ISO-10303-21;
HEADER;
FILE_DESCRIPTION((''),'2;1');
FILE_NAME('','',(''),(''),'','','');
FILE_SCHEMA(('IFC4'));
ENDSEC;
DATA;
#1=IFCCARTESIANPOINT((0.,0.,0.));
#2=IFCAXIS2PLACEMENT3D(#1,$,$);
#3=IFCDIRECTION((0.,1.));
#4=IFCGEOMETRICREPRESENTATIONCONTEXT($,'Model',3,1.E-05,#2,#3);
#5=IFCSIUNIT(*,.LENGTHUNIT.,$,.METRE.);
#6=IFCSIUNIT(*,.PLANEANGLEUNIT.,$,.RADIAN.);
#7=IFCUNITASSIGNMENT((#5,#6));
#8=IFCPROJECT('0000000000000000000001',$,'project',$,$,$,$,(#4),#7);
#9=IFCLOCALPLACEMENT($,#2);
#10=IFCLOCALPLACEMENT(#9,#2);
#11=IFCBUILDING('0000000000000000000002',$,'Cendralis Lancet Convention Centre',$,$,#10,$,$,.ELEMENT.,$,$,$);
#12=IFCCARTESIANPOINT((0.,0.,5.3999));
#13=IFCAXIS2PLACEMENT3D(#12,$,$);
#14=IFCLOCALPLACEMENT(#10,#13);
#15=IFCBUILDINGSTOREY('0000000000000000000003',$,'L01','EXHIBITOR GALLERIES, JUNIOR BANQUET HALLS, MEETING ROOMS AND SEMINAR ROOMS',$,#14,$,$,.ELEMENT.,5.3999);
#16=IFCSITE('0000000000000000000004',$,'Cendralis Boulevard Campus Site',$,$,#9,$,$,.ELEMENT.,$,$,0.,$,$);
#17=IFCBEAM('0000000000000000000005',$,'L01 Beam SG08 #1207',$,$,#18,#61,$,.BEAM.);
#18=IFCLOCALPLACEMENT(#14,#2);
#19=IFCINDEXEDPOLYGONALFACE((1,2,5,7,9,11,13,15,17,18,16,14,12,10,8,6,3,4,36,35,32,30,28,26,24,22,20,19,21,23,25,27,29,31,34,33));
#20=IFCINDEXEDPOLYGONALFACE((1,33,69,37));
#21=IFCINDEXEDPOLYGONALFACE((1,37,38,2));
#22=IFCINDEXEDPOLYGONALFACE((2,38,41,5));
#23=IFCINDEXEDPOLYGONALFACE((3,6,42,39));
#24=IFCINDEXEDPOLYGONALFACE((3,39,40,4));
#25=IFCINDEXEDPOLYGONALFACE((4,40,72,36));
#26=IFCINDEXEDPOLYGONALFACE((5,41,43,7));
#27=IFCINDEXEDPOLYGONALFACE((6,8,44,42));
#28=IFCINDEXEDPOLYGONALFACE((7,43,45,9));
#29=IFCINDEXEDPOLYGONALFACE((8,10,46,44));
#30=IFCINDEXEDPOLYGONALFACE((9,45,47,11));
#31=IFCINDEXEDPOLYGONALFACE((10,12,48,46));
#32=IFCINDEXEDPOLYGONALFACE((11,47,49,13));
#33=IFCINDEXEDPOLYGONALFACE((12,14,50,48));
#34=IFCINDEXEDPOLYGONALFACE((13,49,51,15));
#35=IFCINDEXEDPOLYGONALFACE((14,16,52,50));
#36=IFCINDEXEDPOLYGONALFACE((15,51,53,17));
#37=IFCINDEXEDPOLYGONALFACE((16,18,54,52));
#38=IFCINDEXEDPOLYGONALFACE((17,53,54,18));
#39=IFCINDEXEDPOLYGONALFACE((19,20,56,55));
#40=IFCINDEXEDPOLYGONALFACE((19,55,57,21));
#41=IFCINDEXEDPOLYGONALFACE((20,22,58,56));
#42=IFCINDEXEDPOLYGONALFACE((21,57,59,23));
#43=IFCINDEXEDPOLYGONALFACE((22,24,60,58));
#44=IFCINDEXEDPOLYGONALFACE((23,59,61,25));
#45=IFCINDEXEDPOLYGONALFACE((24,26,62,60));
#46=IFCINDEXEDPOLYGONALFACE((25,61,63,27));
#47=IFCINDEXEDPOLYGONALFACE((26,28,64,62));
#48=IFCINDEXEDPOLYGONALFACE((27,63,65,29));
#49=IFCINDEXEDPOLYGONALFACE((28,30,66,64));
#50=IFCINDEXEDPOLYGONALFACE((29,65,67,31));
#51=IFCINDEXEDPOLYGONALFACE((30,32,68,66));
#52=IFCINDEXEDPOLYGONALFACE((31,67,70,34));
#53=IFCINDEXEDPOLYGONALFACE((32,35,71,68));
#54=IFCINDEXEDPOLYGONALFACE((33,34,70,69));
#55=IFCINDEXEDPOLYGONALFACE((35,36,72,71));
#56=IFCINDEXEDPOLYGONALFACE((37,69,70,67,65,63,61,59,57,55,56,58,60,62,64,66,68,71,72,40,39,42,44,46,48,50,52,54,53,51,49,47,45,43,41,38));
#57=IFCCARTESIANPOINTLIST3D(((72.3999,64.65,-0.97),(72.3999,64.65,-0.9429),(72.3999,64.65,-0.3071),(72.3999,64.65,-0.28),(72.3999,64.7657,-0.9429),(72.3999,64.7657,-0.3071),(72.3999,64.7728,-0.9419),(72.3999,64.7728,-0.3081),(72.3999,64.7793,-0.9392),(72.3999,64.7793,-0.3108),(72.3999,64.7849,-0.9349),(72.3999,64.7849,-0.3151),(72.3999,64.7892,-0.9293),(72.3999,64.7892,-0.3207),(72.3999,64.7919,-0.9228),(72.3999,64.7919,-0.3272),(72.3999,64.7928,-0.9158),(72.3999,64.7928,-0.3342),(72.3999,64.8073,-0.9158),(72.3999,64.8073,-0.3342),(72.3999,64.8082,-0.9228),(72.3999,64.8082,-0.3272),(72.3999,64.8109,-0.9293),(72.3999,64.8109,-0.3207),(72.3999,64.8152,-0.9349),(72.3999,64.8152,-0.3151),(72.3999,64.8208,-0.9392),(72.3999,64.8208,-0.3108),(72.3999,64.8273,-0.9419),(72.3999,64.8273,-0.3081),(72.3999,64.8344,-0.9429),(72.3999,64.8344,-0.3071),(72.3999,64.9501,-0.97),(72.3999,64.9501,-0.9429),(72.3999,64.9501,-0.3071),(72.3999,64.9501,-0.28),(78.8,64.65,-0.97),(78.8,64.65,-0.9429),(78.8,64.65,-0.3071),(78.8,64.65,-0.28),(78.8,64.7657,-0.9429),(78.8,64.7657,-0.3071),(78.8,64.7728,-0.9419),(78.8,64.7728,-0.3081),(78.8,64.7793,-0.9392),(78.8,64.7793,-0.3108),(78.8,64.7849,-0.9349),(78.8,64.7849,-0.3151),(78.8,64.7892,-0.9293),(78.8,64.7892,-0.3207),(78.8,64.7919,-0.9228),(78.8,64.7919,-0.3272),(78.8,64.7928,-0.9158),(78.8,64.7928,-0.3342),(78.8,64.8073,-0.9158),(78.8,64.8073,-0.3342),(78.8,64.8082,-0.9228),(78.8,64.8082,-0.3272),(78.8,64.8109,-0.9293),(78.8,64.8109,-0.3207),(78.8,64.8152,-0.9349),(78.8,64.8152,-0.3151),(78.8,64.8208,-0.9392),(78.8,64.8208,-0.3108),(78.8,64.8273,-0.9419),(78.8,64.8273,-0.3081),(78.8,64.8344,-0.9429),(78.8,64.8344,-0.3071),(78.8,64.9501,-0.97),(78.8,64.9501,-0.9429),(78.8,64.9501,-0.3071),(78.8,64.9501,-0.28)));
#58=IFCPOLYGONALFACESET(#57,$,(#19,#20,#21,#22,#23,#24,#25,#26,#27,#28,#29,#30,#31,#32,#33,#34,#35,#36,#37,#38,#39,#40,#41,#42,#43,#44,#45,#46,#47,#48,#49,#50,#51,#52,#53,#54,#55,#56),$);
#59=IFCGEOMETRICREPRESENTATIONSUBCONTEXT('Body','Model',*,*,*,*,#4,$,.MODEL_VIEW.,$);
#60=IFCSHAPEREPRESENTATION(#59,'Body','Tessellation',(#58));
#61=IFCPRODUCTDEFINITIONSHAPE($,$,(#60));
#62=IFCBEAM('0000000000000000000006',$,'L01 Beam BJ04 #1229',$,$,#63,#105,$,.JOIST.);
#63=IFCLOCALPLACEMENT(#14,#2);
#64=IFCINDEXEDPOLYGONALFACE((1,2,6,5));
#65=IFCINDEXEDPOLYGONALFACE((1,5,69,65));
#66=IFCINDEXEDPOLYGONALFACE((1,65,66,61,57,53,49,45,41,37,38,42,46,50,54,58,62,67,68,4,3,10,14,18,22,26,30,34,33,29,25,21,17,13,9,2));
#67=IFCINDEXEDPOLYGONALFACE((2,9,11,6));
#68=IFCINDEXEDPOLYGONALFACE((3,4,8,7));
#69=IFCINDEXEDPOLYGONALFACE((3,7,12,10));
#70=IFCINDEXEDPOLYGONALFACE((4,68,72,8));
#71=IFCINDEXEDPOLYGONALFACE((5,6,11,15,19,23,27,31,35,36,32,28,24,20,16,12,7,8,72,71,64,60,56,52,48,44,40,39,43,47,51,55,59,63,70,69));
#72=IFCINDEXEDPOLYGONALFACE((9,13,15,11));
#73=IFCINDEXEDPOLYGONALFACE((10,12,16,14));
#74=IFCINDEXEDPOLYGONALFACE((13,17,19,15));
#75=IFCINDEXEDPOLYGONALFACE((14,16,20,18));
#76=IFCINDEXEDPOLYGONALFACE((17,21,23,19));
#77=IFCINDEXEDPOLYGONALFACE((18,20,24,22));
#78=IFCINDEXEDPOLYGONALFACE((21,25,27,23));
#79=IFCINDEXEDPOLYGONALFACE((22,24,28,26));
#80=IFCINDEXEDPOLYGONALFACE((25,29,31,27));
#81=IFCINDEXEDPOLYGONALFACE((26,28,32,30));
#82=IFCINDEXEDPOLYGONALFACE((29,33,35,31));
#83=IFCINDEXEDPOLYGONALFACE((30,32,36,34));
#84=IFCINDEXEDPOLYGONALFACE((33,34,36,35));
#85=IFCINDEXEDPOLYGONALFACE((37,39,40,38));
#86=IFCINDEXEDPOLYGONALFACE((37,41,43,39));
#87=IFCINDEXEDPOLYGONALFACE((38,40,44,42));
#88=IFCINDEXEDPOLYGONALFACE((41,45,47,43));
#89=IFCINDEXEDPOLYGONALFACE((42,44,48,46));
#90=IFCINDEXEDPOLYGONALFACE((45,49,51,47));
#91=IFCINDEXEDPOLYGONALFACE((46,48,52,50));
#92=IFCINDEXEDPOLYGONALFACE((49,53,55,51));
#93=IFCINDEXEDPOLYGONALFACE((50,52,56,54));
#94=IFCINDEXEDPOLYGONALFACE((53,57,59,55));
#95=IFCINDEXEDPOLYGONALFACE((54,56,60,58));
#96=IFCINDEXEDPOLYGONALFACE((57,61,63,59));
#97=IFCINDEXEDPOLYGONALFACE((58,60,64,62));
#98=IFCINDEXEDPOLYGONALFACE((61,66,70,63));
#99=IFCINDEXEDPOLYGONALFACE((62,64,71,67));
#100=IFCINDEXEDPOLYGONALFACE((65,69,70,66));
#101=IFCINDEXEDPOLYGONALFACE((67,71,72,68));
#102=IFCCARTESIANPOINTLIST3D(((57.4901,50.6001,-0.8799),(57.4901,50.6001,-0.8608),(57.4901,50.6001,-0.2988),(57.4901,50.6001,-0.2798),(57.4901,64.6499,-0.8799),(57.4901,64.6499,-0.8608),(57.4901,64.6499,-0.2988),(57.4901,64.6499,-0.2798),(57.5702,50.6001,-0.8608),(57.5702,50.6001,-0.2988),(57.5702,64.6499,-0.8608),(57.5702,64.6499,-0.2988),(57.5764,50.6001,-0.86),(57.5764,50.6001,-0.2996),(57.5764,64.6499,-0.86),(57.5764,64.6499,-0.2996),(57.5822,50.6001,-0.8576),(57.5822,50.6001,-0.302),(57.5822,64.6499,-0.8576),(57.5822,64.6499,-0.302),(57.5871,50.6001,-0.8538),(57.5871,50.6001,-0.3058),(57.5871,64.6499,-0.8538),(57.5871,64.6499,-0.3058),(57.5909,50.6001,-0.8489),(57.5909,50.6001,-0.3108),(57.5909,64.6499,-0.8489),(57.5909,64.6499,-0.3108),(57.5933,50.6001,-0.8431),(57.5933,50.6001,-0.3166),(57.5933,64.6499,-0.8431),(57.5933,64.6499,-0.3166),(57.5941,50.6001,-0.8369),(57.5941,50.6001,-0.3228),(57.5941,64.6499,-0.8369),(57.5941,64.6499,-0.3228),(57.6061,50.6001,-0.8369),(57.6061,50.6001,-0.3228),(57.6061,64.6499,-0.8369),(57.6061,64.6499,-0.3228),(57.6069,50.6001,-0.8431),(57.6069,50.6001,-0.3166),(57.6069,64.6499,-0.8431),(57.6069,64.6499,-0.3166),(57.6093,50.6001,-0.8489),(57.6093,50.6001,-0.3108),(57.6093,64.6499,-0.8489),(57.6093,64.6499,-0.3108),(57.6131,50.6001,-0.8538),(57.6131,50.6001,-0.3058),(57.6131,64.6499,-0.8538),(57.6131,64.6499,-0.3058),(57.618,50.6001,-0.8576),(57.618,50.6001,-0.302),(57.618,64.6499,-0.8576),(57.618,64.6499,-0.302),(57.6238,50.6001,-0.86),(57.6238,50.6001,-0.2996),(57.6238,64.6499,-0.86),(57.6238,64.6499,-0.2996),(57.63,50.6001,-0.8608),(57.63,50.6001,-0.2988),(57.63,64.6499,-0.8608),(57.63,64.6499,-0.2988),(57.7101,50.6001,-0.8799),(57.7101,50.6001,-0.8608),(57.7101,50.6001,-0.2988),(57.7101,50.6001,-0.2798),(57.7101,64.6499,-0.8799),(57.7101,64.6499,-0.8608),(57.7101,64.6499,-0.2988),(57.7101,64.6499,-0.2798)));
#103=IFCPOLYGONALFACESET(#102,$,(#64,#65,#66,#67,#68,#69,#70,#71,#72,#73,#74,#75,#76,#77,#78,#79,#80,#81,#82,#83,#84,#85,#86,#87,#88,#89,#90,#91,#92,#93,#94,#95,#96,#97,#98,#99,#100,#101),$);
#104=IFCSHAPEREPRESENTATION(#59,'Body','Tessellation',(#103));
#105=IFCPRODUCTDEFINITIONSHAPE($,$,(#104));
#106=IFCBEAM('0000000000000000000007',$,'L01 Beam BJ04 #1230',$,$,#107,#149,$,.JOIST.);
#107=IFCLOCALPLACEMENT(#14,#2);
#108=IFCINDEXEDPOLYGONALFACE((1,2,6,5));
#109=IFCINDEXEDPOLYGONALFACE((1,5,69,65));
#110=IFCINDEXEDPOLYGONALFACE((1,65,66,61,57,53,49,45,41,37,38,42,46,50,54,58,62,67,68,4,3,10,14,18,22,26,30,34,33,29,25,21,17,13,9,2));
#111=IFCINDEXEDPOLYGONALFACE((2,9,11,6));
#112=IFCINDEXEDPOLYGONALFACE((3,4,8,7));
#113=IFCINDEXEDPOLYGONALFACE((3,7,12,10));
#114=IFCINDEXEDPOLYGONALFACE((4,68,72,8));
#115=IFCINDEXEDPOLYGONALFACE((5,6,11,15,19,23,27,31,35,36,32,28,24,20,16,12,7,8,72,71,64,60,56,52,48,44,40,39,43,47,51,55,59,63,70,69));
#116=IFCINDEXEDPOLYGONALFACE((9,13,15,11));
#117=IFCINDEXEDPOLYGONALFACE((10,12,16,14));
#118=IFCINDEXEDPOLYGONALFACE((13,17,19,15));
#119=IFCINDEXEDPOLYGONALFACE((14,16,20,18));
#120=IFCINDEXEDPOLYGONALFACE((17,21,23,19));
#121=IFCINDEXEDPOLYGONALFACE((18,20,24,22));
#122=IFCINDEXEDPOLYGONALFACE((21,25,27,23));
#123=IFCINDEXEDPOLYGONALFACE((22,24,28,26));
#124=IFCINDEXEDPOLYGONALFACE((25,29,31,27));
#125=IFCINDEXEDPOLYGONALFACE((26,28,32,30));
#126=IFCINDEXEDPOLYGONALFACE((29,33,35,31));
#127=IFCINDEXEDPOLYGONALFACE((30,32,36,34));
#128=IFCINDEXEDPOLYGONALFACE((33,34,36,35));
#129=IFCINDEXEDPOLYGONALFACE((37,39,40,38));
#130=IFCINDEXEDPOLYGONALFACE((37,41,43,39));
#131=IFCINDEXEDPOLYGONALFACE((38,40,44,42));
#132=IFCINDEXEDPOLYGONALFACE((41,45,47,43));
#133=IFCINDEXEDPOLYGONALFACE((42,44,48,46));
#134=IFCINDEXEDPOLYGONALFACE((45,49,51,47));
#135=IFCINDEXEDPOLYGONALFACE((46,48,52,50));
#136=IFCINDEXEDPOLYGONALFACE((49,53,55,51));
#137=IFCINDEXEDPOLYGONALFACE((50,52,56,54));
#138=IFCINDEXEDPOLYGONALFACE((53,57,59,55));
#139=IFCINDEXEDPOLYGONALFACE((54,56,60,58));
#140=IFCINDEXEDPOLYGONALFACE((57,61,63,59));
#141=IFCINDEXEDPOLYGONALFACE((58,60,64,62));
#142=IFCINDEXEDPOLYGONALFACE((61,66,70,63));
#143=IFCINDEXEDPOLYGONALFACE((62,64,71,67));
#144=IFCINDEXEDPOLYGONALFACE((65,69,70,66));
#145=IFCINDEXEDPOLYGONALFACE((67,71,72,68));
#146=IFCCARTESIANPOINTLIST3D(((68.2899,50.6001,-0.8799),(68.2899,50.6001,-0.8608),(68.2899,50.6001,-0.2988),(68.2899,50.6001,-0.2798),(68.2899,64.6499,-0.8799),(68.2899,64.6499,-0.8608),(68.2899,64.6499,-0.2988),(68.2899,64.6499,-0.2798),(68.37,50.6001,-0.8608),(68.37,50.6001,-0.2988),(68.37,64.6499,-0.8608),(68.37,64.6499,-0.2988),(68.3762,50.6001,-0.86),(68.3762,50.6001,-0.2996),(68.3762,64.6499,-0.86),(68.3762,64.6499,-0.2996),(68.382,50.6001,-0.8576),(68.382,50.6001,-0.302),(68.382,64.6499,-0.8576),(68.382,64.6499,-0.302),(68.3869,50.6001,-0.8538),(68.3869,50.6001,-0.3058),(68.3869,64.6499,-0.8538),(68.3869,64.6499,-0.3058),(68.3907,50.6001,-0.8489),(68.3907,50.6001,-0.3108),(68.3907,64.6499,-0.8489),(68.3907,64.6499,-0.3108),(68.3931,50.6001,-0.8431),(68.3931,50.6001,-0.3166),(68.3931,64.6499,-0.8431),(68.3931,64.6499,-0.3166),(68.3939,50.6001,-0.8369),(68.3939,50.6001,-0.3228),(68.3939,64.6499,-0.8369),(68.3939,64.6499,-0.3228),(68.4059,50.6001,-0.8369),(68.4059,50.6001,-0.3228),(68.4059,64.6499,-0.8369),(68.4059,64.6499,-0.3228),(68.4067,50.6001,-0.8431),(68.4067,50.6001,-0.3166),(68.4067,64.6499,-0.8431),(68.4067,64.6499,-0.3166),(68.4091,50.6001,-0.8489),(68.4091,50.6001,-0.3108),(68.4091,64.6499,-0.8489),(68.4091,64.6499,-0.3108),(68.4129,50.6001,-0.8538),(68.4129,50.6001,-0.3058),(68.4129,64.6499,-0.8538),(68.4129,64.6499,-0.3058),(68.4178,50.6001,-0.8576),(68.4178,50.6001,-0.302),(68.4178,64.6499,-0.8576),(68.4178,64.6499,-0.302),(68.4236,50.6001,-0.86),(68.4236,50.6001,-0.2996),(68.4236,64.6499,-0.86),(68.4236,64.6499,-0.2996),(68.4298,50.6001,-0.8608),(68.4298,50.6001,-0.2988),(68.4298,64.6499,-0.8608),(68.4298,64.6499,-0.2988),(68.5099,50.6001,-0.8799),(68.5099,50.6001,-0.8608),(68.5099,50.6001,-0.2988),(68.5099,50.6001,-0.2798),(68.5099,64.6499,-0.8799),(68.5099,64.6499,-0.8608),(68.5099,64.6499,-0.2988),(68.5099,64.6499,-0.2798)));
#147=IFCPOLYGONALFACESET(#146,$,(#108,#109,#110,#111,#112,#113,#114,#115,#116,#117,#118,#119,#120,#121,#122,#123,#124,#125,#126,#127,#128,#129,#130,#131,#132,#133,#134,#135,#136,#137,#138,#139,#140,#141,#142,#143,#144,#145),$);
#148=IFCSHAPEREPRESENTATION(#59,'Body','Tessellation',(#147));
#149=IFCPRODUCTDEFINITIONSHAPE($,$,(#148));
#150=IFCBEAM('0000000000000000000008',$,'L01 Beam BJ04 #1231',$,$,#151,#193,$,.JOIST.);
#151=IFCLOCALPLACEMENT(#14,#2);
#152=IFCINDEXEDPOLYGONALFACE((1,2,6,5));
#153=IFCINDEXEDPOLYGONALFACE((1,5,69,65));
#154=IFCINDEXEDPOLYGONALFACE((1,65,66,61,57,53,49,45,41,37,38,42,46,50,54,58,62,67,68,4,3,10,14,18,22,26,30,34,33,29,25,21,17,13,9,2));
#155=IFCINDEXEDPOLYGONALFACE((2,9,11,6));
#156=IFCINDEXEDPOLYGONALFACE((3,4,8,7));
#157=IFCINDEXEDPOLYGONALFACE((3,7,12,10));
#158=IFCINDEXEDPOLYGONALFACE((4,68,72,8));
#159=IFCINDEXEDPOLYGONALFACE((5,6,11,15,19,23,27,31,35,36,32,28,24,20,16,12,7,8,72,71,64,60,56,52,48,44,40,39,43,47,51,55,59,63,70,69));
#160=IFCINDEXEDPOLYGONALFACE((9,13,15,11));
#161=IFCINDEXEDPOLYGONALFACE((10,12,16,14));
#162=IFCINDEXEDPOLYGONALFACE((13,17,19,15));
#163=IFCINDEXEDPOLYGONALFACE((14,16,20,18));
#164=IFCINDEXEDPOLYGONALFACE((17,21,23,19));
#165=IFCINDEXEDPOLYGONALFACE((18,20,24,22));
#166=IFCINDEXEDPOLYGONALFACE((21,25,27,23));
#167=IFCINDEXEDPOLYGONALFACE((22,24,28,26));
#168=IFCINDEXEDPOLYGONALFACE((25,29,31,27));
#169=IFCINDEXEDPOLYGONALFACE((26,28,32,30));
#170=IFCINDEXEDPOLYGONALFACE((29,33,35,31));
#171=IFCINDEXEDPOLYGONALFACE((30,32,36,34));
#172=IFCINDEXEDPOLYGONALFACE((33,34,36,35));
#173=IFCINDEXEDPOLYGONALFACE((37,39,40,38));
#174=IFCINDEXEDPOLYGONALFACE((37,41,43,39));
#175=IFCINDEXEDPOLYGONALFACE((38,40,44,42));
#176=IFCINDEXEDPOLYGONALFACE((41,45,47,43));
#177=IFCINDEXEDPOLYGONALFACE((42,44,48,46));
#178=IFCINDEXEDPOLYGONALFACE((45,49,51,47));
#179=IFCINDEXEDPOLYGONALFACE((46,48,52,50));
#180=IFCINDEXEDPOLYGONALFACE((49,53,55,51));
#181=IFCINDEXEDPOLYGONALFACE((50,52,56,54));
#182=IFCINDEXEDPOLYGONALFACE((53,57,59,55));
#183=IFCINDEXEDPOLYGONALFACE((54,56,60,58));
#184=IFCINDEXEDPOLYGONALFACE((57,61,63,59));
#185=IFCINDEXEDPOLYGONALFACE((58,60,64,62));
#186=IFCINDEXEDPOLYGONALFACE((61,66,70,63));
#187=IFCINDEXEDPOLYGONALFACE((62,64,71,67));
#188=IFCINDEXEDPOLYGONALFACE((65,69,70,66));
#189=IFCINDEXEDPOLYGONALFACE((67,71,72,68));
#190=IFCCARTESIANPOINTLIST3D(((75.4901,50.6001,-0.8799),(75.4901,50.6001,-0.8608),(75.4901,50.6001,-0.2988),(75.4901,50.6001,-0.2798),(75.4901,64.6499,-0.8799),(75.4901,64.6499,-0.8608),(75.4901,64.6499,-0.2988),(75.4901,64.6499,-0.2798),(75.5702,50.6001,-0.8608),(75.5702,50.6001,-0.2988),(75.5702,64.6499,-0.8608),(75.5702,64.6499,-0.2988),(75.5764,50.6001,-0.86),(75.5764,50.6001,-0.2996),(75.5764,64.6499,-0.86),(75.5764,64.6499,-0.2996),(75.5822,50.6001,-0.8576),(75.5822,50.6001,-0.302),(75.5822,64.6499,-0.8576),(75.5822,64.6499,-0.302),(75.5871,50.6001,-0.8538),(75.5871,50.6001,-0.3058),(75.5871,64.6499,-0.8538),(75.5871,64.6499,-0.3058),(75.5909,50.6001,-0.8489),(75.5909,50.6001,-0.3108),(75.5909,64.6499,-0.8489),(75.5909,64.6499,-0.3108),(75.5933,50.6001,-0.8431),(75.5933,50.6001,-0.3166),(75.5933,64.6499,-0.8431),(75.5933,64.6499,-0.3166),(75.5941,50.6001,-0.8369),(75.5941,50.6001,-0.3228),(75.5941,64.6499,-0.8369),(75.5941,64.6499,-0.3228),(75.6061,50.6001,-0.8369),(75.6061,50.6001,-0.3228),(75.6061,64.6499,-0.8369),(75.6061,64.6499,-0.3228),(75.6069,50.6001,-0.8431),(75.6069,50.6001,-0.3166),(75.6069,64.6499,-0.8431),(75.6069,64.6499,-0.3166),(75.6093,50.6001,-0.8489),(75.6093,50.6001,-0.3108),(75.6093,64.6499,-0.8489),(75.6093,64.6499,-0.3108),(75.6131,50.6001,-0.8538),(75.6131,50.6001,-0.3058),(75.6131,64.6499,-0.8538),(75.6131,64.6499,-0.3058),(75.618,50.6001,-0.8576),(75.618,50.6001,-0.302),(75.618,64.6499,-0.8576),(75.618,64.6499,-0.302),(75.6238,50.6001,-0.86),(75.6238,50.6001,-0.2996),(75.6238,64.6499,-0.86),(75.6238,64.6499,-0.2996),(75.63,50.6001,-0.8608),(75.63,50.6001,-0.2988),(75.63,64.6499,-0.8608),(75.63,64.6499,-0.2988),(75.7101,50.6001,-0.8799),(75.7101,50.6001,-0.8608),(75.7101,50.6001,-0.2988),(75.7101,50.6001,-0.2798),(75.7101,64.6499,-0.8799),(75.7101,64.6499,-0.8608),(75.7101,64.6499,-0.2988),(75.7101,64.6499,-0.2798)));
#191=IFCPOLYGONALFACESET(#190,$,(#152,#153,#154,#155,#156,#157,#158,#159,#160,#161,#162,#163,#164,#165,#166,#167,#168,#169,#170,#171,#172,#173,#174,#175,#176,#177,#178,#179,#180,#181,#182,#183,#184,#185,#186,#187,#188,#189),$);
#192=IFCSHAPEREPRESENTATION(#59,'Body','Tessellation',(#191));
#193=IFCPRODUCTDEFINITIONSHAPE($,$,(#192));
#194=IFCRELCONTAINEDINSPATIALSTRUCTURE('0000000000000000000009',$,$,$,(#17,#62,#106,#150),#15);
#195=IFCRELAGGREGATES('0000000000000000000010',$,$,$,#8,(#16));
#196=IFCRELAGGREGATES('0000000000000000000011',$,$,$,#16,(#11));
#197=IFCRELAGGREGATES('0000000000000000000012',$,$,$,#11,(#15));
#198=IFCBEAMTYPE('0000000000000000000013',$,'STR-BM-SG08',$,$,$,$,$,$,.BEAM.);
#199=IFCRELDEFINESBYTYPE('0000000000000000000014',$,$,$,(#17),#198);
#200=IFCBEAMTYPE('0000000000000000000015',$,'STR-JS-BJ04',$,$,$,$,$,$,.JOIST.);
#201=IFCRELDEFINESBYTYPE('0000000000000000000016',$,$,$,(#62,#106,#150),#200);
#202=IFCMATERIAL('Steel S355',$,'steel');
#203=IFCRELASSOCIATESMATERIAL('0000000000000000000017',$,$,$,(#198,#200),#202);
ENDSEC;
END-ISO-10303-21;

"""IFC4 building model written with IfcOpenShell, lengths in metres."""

from ifc_helpers import new_model, si_unit, direction, frame, origin, origin_2d, place, context, subcontext, project, spatial, i_section, extrude, material, material_profile, profile_set, type_object, element, save


model = new_model("IFC4")

# Units and contexts
model_context = context("Model", 3, precision=1e-05, world=origin(), true_north=direction((0.0, 1.0)))
body_context = subcontext(model_context, "Body", "Model", "MODEL_VIEW")
ifc_project = project(units=[si_unit("LENGTHUNIT", "METRE"), si_unit("PLANEANGLEUNIT", "RADIAN")], contexts=[model_context])

# Site, building, storey
site_placement = place(None, origin())
site = spatial("IfcSite", under=ifc_project, at=site_placement, Name="Cendralis Boulevard Campus Site", CompositionType="ELEMENT", RefElevation=0.0)
building_placement = place(site_placement, origin())
building = spatial("IfcBuilding", under=site, at=building_placement, Name="Cendralis Lancet Convention Centre", CompositionType="ELEMENT")
storey_placement = place(building_placement, frame((0.0, 0.0, 5.3999)))
storey = spatial("IfcBuildingStorey", under=building, at=storey_placement, Name="L01", Description="EXHIBITOR GALLERIES, JUNIOR BANQUET HALLS, MEETING ROOMS AND SEMINAR ROOMS", CompositionType="ELEMENT", Elevation=5.3999)

# Beams
ifc_material_1 = material(Name="Steel S355", Category="steel")
ifc_material_profile_1 = material_profile(ifc_material_1, i_section(OverallWidth=0.3, OverallDepth=0.6899, WebThickness=0.0144, FlangeThickness=0.0271, FilletRadius=0.0271, at=origin_2d()), Name="HEA 700")
ifc_profile_set_1 = profile_set([ifc_material_profile_1], Name="Steel S355")
beam_type_1 = type_object("IfcBeamType", Name="STR-BM-SG08", PredefinedType="BEAM", material=ifc_profile_set_1)
for number, where, z_axis, x_axis, name in (
    (1, (72.3999, 64.8, -0.625), (1.0, 0.0, 0.0), (0.0, 1.0, 0.0), "L01 Beam SG08 #1207"),
):
    element("IfcBeam", number, at=place(storey_placement, frame(where, z_axis=z_axis, x_axis=x_axis)), inside=storey, type_object=beam_type_1, Name=name, PredefinedType="BEAM", context=body_context, shape_type="SweptSolid", body=[
        extrude(i_section(OverallWidth=0.3, OverallDepth=0.6899, WebThickness=0.0144, FlangeThickness=0.0271, FilletRadius=0.0271, at=origin_2d()), origin(), (0.0, 0.0, 1.0), 6.4001),
    ])
ifc_material_profile_2 = material_profile(ifc_material_1, i_section(OverallWidth=0.22, OverallDepth=0.6001, WebThickness=0.012, FlangeThickness=0.019, FilletRadius=0.0239, at=origin_2d()), Name="IPE 600")
ifc_profile_set_2 = profile_set([ifc_material_profile_2], Name="Steel S355")
beam_type_2 = type_object("IfcBeamType", Name="STR-JS-BJ04", PredefinedType="JOIST", material=ifc_profile_set_2)
for number, where, z_axis, x_axis, name in (
    (2, (57.6001, 50.6001, -0.5798), (0.0, 1.0, 0.0), (-1.0, 0.0, 0.0), "L01 Beam BJ04 #1229"),
    (3, (68.3999, 50.6001, -0.5798), (0.0, 1.0, 0.0), (-1.0, 0.0, 0.0), "L01 Beam BJ04 #1230"),
    (4, (75.6001, 50.6001, -0.5798), (0.0, 1.0, 0.0), (-1.0, 0.0, 0.0), "L01 Beam BJ04 #1231"),
):
    element("IfcBeam", number, at=place(storey_placement, frame(where, z_axis=z_axis, x_axis=x_axis)), inside=storey, type_object=beam_type_2, Name=name, PredefinedType="JOIST", context=body_context, shape_type="SweptSolid", body=[
        extrude(i_section(OverallWidth=0.22, OverallDepth=0.6001, WebThickness=0.012, FlangeThickness=0.019, FilletRadius=0.0239, at=origin_2d()), origin(), (0.0, 0.0, 1.0), 14.0498),
    ])

save(model, "model.ifc")
